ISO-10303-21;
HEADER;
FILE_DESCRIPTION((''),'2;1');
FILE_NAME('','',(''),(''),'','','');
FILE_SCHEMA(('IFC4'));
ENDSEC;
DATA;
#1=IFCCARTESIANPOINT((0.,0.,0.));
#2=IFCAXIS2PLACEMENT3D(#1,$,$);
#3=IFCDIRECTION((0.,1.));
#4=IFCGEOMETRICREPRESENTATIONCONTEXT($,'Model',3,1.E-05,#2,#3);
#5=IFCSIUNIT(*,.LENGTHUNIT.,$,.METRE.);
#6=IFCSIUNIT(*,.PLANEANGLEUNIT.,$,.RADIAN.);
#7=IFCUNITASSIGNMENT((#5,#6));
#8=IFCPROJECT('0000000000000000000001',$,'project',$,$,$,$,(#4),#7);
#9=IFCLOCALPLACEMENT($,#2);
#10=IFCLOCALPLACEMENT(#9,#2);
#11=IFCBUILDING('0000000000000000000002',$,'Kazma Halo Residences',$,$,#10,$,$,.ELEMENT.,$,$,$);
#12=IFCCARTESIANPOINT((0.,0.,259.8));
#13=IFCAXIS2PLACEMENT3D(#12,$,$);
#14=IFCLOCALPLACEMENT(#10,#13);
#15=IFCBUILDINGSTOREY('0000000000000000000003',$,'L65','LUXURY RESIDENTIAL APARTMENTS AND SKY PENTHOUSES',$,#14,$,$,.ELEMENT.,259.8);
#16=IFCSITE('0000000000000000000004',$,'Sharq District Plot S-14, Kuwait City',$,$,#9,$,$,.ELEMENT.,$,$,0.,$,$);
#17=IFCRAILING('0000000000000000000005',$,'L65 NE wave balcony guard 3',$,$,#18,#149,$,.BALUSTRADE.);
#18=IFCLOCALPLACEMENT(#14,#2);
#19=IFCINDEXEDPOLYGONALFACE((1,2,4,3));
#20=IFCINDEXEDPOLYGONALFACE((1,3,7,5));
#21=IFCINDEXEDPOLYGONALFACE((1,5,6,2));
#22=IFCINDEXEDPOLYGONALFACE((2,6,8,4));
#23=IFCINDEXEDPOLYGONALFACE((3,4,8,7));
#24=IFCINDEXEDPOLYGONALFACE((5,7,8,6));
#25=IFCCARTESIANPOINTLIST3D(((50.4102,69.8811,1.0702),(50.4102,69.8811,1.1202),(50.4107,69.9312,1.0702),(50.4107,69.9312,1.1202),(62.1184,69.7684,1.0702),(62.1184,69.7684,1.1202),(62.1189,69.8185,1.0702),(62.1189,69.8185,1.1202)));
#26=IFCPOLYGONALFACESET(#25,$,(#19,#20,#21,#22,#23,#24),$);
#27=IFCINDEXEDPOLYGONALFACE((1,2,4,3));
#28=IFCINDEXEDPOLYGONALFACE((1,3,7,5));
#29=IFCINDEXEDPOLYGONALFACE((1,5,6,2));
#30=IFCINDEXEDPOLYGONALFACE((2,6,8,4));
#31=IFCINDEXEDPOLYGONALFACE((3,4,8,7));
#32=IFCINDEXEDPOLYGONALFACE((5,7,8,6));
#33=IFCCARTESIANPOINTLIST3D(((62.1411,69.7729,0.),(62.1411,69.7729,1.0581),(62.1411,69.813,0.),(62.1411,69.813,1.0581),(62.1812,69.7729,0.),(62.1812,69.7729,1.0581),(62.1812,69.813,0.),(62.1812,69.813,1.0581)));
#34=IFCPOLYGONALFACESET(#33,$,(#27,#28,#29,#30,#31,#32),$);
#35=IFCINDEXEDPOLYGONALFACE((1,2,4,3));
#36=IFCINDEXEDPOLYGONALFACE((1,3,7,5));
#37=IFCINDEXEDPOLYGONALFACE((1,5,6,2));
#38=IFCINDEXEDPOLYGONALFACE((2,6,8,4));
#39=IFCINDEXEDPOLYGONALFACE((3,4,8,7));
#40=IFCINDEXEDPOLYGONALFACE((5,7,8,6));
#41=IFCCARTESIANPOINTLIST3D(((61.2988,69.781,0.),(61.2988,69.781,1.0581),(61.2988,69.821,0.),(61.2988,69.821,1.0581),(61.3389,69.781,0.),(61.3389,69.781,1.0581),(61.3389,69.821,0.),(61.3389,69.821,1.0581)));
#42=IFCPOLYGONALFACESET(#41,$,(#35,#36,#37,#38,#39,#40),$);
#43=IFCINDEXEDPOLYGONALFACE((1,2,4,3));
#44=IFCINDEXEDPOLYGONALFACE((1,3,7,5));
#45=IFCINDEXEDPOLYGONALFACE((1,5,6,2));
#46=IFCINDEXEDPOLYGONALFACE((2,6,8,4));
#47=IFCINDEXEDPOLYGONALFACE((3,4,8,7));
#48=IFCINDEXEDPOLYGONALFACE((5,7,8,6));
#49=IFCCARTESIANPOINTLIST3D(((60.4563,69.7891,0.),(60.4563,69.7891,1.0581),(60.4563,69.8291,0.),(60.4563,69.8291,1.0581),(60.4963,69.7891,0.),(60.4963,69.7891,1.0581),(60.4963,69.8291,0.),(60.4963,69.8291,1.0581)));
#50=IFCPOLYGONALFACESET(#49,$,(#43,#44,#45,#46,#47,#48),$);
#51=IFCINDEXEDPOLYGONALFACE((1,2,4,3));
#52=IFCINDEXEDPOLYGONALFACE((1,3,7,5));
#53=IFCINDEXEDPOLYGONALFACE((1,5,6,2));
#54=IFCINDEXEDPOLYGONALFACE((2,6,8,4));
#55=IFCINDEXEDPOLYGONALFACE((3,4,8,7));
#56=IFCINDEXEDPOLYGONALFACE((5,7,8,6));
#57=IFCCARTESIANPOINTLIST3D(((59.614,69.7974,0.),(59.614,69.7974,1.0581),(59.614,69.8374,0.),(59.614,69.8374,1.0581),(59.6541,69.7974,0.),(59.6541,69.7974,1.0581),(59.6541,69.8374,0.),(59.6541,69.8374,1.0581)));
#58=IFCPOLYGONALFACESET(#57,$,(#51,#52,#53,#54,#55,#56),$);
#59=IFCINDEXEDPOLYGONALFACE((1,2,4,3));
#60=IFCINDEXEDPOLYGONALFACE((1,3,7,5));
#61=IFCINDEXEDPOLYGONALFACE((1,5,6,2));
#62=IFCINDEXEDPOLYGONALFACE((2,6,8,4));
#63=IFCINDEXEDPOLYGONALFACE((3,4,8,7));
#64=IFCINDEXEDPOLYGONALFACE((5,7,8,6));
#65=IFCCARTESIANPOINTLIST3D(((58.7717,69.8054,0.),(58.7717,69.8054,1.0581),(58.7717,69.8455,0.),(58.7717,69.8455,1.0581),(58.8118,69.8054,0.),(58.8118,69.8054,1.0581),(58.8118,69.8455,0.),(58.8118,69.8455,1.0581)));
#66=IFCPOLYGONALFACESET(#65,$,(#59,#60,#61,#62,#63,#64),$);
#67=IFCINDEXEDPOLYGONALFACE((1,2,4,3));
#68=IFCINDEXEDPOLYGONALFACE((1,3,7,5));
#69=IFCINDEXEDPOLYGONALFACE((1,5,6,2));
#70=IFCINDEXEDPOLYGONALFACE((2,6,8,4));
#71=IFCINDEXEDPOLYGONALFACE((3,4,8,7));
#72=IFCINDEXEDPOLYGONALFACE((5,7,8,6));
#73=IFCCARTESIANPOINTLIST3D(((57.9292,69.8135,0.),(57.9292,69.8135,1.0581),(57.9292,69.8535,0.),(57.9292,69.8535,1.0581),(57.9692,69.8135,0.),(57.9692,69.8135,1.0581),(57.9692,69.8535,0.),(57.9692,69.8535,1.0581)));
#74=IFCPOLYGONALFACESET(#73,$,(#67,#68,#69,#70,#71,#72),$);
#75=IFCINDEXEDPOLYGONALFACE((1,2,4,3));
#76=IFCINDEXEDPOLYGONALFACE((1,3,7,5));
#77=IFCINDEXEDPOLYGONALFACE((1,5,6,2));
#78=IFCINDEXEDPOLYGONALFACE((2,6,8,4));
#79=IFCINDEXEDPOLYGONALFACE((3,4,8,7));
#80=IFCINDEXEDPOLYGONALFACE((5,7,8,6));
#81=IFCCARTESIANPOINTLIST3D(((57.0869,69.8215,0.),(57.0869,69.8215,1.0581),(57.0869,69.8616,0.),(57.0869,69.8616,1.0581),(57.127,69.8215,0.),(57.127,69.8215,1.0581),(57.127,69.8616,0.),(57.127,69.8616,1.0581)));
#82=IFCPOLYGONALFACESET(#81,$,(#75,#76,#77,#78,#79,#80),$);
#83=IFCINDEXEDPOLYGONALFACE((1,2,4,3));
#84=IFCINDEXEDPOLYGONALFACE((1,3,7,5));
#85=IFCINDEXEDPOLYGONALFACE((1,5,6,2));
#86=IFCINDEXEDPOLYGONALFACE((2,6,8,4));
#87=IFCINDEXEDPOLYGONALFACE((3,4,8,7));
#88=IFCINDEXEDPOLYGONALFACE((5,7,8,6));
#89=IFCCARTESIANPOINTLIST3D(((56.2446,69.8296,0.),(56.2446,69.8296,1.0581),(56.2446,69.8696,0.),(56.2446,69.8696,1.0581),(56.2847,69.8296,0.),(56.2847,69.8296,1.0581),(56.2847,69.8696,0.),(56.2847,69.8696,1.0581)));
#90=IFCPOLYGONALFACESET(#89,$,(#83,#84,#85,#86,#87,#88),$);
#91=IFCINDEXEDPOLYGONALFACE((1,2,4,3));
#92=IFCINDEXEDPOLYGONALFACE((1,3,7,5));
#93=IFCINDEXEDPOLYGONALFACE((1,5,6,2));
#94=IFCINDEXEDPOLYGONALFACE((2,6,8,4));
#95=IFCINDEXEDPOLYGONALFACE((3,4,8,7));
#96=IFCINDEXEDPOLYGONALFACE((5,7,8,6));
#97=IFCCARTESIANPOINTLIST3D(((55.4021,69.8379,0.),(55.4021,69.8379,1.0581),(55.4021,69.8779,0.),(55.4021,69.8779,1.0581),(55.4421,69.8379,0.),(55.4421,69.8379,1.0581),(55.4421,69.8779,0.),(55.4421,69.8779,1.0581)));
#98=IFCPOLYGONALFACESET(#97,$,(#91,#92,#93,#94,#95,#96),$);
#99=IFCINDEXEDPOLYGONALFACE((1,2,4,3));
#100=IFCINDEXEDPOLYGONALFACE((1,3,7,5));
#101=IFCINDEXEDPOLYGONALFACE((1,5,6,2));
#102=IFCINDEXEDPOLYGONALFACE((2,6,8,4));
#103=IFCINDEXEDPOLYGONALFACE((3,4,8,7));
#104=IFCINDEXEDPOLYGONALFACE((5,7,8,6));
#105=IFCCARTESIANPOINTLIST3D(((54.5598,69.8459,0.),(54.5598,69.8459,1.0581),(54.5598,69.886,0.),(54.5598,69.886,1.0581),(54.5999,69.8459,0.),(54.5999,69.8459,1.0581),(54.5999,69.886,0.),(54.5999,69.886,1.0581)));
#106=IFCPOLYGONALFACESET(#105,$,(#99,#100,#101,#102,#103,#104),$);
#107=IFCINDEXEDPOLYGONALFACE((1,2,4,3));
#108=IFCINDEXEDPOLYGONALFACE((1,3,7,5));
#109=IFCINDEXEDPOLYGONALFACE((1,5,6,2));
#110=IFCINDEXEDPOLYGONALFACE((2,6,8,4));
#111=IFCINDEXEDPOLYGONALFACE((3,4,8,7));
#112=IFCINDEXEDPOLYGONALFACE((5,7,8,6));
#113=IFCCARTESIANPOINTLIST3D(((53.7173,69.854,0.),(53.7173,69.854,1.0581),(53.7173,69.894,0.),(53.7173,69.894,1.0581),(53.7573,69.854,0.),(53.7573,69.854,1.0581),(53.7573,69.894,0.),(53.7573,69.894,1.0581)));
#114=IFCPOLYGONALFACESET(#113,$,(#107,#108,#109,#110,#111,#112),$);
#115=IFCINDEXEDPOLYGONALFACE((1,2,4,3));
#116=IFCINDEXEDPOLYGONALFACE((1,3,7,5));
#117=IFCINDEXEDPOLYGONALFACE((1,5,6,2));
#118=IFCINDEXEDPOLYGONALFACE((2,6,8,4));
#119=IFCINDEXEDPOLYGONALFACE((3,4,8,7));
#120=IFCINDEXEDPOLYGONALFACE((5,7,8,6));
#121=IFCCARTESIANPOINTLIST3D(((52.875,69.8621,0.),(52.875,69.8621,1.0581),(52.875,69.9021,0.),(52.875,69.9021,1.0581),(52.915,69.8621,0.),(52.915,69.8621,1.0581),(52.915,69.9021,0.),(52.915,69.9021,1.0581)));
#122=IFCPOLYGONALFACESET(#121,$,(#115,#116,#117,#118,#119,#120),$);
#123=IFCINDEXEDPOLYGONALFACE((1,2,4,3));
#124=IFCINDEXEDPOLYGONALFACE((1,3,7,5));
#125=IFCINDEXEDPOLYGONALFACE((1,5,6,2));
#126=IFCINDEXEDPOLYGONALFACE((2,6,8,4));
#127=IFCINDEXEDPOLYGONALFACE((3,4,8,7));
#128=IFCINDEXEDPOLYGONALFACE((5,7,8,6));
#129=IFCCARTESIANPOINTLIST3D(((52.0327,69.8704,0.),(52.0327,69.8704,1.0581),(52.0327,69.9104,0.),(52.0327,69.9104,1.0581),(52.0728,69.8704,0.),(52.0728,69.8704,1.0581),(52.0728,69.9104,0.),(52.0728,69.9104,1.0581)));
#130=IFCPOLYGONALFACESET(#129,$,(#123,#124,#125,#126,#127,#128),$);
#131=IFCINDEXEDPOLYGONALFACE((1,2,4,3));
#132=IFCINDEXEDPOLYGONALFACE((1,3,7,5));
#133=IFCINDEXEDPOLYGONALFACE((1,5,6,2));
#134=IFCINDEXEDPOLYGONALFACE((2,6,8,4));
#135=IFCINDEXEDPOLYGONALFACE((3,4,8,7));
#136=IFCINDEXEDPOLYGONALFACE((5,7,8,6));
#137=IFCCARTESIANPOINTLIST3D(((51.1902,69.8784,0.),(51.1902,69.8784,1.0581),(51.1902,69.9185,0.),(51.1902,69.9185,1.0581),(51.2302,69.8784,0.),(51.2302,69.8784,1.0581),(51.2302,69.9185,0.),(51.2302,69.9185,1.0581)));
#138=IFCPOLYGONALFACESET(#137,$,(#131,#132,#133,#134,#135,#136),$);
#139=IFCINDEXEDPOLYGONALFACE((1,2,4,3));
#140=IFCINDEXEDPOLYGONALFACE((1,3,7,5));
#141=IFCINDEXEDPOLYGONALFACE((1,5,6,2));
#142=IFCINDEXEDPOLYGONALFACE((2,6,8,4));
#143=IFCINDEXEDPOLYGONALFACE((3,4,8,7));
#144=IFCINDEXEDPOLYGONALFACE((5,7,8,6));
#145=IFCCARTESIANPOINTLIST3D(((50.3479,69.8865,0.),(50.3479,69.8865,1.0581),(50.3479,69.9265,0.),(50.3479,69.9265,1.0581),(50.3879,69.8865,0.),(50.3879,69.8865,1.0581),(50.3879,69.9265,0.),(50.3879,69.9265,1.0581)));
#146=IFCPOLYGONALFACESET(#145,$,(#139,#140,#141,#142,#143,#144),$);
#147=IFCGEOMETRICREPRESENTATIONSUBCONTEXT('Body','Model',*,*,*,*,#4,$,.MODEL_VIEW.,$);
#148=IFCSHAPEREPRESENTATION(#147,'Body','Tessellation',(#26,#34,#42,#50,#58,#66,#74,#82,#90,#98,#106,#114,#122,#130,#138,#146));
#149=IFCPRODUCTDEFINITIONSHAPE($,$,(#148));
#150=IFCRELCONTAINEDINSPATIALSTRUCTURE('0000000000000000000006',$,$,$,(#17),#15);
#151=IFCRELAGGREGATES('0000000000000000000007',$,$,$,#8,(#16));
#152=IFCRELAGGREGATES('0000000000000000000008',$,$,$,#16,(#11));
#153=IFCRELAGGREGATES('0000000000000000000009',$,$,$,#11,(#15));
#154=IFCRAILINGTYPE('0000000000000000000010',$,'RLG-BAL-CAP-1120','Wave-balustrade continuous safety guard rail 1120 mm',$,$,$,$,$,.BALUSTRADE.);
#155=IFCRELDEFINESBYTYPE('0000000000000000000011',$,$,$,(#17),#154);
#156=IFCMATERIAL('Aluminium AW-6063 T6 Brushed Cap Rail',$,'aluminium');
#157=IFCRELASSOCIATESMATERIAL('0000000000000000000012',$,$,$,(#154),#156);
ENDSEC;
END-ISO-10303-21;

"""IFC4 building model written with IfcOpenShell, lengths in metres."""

from ifc_helpers import new_model, si_unit, direction, frame, origin, origin_2d, place, context, subcontext, project, spatial, rectangle, extrude, material, type_object, element, save


model = new_model("IFC4")

# Units and contexts
model_context = context("Model", 3, precision=1e-05, world=origin(), true_north=direction((0.0, 1.0)))
body_context = subcontext(model_context, "Body", "Model", "MODEL_VIEW")
ifc_project = project(units=[si_unit("LENGTHUNIT", "METRE"), si_unit("PLANEANGLEUNIT", "RADIAN")], contexts=[model_context])

# Site, building, storey
site_placement = place(None, origin())
site = spatial("IfcSite", under=ifc_project, at=site_placement, Name="Sharq District Plot S-14, Kuwait City", CompositionType="ELEMENT", RefElevation=0.0)
building_placement = place(site_placement, origin())
building = spatial("IfcBuilding", under=site, at=building_placement, Name="Kazma Halo Residences", CompositionType="ELEMENT")
storey_placement = place(building_placement, frame((0.0, 0.0, 259.8)))
storey = spatial("IfcBuildingStorey", under=building, at=storey_placement, Name="L65", Description="LUXURY RESIDENTIAL APARTMENTS AND SKY PENTHOUSES", CompositionType="ELEMENT", Elevation=259.8)

# Railing
ifc_material_1 = material(Name="Aluminium AW-6063 T6 Brushed Cap Rail", Category="aluminium")
railing_type = type_object("IfcRailingType", Name="RLG-BAL-CAP-1120", Description="Wave-balustrade continuous safety guard rail 1120 mm", PredefinedType="BALUSTRADE", material=ifc_material_1)
railing_1_placement = place(storey_placement, frame((62.1611, 69.793, 0.0)))
element("IfcRailing", 1, at=railing_1_placement, inside=storey, type_object=railing_type, Name="L65 NE wave balcony guard 3", PredefinedType="BALUSTRADE", context=body_context, shape_type="SweptSolid", body=[
    extrude(rectangle(XDim=0.05, YDim=0.05, at=origin_2d()), frame((-0.0425, 0.0005, 1.0952), z_axis=(-0.999954, 0.009626, 0.0), x_axis=(-0.009626, -0.999954, 0.0)), (0.0, 0.0, 1.0), 11.7087),
    extrude(rectangle(XDim=0.04, YDim=0.04, at=origin_2d()), origin(), (0.0, 0.0, 1.0), 1.0581),
    extrude(rectangle(XDim=0.04, YDim=0.04, at=origin_2d()), frame((-0.8423, 0.0081, 0.0)), (0.0, 0.0, 1.0), 1.0581),
    extrude(rectangle(XDim=0.04, YDim=0.04, at=origin_2d()), frame((-1.6848, 0.0161, 0.0)), (0.0, 0.0, 1.0), 1.0581),
    extrude(rectangle(XDim=0.04, YDim=0.04, at=origin_2d()), frame((-2.5271, 0.0244, 0.0)), (0.0, 0.0, 1.0), 1.0581),
    extrude(rectangle(XDim=0.04, YDim=0.04, at=origin_2d()), frame((-3.3694, 0.0325, 0.0)), (0.0, 0.0, 1.0), 1.0581),
    extrude(rectangle(XDim=0.04, YDim=0.04, at=origin_2d()), frame((-4.2119, 0.0405, 0.0)), (0.0, 0.0, 1.0), 1.0581),
    extrude(rectangle(XDim=0.04, YDim=0.04, at=origin_2d()), frame((-5.0542, 0.0486, 0.0)), (0.0, 0.0, 1.0), 1.0581),
    extrude(rectangle(XDim=0.04, YDim=0.04, at=origin_2d()), frame((-5.8965, 0.0566, 0.0)), (0.0, 0.0, 1.0), 1.0581),
    extrude(rectangle(XDim=0.04, YDim=0.04, at=origin_2d()), frame((-6.739, 0.0649, 0.0)), (0.0, 0.0, 1.0), 1.0581),
    extrude(rectangle(XDim=0.04, YDim=0.04, at=origin_2d()), frame((-7.5813, 0.073, 0.0)), (0.0, 0.0, 1.0), 1.0581),
    extrude(rectangle(XDim=0.04, YDim=0.04, at=origin_2d()), frame((-8.4238, 0.0811, 0.0)), (0.0, 0.0, 1.0), 1.0581),
    extrude(rectangle(XDim=0.04, YDim=0.04, at=origin_2d()), frame((-9.2661, 0.0891, 0.0)), (0.0, 0.0, 1.0), 1.0581),
    extrude(rectangle(XDim=0.04, YDim=0.04, at=origin_2d()), frame((-10.1084, 0.0974, 0.0)), (0.0, 0.0, 1.0), 1.0581),
    extrude(rectangle(XDim=0.04, YDim=0.04, at=origin_2d()), frame((-10.9509, 0.1055, 0.0)), (0.0, 0.0, 1.0), 1.0581),
    extrude(rectangle(XDim=0.04, YDim=0.04, at=origin_2d()), frame((-11.7932, 0.1135, 0.0)), (0.0, 0.0, 1.0), 1.0581),
])

save(model, "model.ifc")
